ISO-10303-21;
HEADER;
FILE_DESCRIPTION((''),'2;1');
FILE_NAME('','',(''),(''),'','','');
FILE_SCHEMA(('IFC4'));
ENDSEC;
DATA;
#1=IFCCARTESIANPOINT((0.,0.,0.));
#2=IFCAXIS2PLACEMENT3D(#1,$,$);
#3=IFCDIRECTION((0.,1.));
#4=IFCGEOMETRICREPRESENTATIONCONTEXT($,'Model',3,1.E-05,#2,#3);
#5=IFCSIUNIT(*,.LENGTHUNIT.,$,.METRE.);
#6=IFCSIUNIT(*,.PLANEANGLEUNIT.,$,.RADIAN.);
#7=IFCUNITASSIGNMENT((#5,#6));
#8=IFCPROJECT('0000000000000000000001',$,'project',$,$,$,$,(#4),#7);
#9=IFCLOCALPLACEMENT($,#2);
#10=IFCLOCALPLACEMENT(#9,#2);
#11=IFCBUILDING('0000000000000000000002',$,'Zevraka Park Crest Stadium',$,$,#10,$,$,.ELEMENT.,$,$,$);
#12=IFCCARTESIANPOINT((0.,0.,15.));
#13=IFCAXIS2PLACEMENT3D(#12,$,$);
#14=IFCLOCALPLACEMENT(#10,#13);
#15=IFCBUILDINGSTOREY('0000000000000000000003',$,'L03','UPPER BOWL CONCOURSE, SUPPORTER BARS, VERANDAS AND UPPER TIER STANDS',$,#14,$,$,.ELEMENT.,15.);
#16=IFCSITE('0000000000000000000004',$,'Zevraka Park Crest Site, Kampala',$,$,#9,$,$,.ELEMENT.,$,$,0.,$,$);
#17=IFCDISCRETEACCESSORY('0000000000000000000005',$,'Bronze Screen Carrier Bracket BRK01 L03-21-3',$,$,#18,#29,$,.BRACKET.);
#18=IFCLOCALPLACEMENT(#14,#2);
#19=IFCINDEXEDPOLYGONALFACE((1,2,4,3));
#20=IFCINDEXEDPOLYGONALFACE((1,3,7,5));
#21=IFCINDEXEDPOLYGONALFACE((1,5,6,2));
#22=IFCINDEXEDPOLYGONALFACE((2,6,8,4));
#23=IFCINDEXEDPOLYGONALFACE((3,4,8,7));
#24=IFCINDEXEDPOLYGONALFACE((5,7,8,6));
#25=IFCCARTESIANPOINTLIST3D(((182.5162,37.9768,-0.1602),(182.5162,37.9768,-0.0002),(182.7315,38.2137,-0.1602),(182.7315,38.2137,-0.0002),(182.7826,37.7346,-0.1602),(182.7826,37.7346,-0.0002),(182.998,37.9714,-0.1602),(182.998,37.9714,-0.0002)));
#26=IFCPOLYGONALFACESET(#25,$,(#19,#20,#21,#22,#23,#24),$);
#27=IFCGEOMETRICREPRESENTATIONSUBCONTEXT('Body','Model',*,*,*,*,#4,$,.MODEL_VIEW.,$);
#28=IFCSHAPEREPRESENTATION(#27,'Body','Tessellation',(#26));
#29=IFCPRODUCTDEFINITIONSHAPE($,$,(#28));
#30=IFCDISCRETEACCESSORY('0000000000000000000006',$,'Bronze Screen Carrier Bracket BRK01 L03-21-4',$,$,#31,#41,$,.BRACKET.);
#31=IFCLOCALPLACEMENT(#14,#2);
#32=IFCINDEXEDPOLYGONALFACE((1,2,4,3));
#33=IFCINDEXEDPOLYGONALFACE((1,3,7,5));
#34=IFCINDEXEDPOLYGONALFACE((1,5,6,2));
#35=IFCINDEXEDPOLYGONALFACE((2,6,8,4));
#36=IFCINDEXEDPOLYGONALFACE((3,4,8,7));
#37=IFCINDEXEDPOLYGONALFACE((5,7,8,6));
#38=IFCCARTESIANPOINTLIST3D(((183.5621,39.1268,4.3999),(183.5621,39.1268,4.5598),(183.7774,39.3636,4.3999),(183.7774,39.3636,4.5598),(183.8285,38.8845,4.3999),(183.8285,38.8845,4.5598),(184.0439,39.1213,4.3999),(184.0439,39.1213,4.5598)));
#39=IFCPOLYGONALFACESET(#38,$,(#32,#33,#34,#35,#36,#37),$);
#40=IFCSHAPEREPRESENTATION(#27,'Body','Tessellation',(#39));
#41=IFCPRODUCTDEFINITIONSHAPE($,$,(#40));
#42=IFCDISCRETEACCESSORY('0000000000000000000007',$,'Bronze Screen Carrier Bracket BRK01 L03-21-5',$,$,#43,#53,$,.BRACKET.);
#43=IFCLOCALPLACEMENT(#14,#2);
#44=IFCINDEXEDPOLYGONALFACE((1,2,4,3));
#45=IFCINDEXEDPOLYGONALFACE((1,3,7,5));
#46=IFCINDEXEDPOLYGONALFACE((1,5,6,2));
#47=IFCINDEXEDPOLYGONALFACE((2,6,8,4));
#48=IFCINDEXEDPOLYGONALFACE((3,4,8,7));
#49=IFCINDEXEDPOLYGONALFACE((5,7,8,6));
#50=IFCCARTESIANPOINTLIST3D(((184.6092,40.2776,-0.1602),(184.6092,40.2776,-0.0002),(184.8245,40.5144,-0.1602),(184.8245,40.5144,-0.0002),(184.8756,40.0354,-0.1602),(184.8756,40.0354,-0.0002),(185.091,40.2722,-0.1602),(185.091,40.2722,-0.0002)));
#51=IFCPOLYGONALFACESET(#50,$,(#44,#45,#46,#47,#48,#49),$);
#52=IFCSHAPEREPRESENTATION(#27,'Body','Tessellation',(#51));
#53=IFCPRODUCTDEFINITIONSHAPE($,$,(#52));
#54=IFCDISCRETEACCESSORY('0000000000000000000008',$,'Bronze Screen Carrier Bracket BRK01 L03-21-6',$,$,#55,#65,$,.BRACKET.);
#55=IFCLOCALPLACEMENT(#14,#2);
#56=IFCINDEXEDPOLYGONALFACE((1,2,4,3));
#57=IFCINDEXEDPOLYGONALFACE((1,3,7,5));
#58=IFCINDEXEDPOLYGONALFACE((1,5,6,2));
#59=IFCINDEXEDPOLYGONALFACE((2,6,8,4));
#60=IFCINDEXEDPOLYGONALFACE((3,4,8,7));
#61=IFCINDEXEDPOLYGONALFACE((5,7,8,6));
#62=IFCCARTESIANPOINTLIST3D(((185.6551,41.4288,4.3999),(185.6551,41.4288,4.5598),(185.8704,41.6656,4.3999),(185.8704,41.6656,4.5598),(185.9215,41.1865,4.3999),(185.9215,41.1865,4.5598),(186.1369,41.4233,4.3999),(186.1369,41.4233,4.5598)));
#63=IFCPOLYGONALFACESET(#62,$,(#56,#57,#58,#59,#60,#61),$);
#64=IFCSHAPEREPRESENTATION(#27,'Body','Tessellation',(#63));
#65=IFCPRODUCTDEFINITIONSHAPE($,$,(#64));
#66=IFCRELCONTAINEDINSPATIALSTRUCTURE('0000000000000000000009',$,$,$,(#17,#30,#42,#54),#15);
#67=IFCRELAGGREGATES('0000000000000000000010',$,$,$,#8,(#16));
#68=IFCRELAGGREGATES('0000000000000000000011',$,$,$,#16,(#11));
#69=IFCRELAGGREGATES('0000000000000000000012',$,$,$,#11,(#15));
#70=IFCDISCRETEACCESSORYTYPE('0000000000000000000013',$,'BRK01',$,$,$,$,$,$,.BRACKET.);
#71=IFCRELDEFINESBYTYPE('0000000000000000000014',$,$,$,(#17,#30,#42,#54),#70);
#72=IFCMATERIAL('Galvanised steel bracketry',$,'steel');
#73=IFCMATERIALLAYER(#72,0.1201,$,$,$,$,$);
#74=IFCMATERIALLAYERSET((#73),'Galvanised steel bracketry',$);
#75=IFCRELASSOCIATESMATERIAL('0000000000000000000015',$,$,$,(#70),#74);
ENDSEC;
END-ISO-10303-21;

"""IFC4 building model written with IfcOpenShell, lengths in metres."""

from ifc_helpers import new_model, si_unit, direction, frame, origin, origin_2d, place, context, subcontext, project, spatial, rectangle, extrude, material, layer, layer_set, type_object, element, save


model = new_model("IFC4")

# Units and contexts
model_context = context("Model", 3, precision=1e-05, world=origin(), true_north=direction((0.0, 1.0)))
body_context = subcontext(model_context, "Body", "Model", "MODEL_VIEW")
ifc_project = project(units=[si_unit("LENGTHUNIT", "METRE"), si_unit("PLANEANGLEUNIT", "RADIAN")], contexts=[model_context])

# Site, building, storey
site_placement = place(None, origin())
site = spatial("IfcSite", under=ifc_project, at=site_placement, Name="Zevraka Park Crest Site, Kampala", CompositionType="ELEMENT", RefElevation=0.0)
building_placement = place(site_placement, origin())
building = spatial("IfcBuilding", under=site, at=building_placement, Name="Zevraka Park Crest Stadium", CompositionType="ELEMENT")
storey_placement = place(building_placement, frame((0.0, 0.0, 15.0)))
storey = spatial("IfcBuildingStorey", under=building, at=storey_placement, Name="L03", Description="UPPER BOWL CONCOURSE, SUPPORTER BARS, VERANDAS AND UPPER TIER STANDS", CompositionType="ELEMENT", Elevation=15.0)

# Discrete accessories
ifc_material_1 = material(Name="Galvanised steel bracketry", Category="steel")
ifc_layer_1 = layer(ifc_material_1, 0.1201)
ifc_layer_set_1 = layer_set([ifc_layer_1], Name="Galvanised steel bracketry")
discrete_accessory_type = type_object("IfcDiscreteAccessoryType", Name="BRK01", PredefinedType="BRACKET", material=ifc_layer_set_1)
for number, where, z_axis, x_axis, name in (
    (1, (182.7571, 37.9741, -0.1602), (0.0, 0.0, 1.0), (0.672754, 0.739866, 0.0), "Bronze Screen Carrier Bracket BRK01 L03-21-3"),
    (2, (183.803, 39.124, 4.3999), (0.0, 0.0, 1.0), (0.672754, 0.739866, 0.0), "Bronze Screen Carrier Bracket BRK01 L03-21-4"),
    (3, (184.8501, 40.2749, -0.1602), (0.0, 0.0, 1.0), (0.672754, 0.739866, 0.0), "Bronze Screen Carrier Bracket BRK01 L03-21-5"),
    (4, (185.896, 41.426, 4.3999), (0.0, 0.0, 1.0), (0.672754, 0.739866, 0.0), "Bronze Screen Carrier Bracket BRK01 L03-21-6"),
):
    element("IfcDiscreteAccessory", number, at=place(storey_placement, frame(where, z_axis=z_axis, x_axis=x_axis)), inside=storey, type_object=discrete_accessory_type, Name=name, PredefinedType="BRACKET", context=body_context, shape_type="SweptSolid", body=[
        extrude(rectangle(XDim=0.3201, YDim=0.3601, at=origin_2d()), origin(), (0.0, 0.0, 1.0), 0.1599),
    ])

save(model, "model.ifc")
